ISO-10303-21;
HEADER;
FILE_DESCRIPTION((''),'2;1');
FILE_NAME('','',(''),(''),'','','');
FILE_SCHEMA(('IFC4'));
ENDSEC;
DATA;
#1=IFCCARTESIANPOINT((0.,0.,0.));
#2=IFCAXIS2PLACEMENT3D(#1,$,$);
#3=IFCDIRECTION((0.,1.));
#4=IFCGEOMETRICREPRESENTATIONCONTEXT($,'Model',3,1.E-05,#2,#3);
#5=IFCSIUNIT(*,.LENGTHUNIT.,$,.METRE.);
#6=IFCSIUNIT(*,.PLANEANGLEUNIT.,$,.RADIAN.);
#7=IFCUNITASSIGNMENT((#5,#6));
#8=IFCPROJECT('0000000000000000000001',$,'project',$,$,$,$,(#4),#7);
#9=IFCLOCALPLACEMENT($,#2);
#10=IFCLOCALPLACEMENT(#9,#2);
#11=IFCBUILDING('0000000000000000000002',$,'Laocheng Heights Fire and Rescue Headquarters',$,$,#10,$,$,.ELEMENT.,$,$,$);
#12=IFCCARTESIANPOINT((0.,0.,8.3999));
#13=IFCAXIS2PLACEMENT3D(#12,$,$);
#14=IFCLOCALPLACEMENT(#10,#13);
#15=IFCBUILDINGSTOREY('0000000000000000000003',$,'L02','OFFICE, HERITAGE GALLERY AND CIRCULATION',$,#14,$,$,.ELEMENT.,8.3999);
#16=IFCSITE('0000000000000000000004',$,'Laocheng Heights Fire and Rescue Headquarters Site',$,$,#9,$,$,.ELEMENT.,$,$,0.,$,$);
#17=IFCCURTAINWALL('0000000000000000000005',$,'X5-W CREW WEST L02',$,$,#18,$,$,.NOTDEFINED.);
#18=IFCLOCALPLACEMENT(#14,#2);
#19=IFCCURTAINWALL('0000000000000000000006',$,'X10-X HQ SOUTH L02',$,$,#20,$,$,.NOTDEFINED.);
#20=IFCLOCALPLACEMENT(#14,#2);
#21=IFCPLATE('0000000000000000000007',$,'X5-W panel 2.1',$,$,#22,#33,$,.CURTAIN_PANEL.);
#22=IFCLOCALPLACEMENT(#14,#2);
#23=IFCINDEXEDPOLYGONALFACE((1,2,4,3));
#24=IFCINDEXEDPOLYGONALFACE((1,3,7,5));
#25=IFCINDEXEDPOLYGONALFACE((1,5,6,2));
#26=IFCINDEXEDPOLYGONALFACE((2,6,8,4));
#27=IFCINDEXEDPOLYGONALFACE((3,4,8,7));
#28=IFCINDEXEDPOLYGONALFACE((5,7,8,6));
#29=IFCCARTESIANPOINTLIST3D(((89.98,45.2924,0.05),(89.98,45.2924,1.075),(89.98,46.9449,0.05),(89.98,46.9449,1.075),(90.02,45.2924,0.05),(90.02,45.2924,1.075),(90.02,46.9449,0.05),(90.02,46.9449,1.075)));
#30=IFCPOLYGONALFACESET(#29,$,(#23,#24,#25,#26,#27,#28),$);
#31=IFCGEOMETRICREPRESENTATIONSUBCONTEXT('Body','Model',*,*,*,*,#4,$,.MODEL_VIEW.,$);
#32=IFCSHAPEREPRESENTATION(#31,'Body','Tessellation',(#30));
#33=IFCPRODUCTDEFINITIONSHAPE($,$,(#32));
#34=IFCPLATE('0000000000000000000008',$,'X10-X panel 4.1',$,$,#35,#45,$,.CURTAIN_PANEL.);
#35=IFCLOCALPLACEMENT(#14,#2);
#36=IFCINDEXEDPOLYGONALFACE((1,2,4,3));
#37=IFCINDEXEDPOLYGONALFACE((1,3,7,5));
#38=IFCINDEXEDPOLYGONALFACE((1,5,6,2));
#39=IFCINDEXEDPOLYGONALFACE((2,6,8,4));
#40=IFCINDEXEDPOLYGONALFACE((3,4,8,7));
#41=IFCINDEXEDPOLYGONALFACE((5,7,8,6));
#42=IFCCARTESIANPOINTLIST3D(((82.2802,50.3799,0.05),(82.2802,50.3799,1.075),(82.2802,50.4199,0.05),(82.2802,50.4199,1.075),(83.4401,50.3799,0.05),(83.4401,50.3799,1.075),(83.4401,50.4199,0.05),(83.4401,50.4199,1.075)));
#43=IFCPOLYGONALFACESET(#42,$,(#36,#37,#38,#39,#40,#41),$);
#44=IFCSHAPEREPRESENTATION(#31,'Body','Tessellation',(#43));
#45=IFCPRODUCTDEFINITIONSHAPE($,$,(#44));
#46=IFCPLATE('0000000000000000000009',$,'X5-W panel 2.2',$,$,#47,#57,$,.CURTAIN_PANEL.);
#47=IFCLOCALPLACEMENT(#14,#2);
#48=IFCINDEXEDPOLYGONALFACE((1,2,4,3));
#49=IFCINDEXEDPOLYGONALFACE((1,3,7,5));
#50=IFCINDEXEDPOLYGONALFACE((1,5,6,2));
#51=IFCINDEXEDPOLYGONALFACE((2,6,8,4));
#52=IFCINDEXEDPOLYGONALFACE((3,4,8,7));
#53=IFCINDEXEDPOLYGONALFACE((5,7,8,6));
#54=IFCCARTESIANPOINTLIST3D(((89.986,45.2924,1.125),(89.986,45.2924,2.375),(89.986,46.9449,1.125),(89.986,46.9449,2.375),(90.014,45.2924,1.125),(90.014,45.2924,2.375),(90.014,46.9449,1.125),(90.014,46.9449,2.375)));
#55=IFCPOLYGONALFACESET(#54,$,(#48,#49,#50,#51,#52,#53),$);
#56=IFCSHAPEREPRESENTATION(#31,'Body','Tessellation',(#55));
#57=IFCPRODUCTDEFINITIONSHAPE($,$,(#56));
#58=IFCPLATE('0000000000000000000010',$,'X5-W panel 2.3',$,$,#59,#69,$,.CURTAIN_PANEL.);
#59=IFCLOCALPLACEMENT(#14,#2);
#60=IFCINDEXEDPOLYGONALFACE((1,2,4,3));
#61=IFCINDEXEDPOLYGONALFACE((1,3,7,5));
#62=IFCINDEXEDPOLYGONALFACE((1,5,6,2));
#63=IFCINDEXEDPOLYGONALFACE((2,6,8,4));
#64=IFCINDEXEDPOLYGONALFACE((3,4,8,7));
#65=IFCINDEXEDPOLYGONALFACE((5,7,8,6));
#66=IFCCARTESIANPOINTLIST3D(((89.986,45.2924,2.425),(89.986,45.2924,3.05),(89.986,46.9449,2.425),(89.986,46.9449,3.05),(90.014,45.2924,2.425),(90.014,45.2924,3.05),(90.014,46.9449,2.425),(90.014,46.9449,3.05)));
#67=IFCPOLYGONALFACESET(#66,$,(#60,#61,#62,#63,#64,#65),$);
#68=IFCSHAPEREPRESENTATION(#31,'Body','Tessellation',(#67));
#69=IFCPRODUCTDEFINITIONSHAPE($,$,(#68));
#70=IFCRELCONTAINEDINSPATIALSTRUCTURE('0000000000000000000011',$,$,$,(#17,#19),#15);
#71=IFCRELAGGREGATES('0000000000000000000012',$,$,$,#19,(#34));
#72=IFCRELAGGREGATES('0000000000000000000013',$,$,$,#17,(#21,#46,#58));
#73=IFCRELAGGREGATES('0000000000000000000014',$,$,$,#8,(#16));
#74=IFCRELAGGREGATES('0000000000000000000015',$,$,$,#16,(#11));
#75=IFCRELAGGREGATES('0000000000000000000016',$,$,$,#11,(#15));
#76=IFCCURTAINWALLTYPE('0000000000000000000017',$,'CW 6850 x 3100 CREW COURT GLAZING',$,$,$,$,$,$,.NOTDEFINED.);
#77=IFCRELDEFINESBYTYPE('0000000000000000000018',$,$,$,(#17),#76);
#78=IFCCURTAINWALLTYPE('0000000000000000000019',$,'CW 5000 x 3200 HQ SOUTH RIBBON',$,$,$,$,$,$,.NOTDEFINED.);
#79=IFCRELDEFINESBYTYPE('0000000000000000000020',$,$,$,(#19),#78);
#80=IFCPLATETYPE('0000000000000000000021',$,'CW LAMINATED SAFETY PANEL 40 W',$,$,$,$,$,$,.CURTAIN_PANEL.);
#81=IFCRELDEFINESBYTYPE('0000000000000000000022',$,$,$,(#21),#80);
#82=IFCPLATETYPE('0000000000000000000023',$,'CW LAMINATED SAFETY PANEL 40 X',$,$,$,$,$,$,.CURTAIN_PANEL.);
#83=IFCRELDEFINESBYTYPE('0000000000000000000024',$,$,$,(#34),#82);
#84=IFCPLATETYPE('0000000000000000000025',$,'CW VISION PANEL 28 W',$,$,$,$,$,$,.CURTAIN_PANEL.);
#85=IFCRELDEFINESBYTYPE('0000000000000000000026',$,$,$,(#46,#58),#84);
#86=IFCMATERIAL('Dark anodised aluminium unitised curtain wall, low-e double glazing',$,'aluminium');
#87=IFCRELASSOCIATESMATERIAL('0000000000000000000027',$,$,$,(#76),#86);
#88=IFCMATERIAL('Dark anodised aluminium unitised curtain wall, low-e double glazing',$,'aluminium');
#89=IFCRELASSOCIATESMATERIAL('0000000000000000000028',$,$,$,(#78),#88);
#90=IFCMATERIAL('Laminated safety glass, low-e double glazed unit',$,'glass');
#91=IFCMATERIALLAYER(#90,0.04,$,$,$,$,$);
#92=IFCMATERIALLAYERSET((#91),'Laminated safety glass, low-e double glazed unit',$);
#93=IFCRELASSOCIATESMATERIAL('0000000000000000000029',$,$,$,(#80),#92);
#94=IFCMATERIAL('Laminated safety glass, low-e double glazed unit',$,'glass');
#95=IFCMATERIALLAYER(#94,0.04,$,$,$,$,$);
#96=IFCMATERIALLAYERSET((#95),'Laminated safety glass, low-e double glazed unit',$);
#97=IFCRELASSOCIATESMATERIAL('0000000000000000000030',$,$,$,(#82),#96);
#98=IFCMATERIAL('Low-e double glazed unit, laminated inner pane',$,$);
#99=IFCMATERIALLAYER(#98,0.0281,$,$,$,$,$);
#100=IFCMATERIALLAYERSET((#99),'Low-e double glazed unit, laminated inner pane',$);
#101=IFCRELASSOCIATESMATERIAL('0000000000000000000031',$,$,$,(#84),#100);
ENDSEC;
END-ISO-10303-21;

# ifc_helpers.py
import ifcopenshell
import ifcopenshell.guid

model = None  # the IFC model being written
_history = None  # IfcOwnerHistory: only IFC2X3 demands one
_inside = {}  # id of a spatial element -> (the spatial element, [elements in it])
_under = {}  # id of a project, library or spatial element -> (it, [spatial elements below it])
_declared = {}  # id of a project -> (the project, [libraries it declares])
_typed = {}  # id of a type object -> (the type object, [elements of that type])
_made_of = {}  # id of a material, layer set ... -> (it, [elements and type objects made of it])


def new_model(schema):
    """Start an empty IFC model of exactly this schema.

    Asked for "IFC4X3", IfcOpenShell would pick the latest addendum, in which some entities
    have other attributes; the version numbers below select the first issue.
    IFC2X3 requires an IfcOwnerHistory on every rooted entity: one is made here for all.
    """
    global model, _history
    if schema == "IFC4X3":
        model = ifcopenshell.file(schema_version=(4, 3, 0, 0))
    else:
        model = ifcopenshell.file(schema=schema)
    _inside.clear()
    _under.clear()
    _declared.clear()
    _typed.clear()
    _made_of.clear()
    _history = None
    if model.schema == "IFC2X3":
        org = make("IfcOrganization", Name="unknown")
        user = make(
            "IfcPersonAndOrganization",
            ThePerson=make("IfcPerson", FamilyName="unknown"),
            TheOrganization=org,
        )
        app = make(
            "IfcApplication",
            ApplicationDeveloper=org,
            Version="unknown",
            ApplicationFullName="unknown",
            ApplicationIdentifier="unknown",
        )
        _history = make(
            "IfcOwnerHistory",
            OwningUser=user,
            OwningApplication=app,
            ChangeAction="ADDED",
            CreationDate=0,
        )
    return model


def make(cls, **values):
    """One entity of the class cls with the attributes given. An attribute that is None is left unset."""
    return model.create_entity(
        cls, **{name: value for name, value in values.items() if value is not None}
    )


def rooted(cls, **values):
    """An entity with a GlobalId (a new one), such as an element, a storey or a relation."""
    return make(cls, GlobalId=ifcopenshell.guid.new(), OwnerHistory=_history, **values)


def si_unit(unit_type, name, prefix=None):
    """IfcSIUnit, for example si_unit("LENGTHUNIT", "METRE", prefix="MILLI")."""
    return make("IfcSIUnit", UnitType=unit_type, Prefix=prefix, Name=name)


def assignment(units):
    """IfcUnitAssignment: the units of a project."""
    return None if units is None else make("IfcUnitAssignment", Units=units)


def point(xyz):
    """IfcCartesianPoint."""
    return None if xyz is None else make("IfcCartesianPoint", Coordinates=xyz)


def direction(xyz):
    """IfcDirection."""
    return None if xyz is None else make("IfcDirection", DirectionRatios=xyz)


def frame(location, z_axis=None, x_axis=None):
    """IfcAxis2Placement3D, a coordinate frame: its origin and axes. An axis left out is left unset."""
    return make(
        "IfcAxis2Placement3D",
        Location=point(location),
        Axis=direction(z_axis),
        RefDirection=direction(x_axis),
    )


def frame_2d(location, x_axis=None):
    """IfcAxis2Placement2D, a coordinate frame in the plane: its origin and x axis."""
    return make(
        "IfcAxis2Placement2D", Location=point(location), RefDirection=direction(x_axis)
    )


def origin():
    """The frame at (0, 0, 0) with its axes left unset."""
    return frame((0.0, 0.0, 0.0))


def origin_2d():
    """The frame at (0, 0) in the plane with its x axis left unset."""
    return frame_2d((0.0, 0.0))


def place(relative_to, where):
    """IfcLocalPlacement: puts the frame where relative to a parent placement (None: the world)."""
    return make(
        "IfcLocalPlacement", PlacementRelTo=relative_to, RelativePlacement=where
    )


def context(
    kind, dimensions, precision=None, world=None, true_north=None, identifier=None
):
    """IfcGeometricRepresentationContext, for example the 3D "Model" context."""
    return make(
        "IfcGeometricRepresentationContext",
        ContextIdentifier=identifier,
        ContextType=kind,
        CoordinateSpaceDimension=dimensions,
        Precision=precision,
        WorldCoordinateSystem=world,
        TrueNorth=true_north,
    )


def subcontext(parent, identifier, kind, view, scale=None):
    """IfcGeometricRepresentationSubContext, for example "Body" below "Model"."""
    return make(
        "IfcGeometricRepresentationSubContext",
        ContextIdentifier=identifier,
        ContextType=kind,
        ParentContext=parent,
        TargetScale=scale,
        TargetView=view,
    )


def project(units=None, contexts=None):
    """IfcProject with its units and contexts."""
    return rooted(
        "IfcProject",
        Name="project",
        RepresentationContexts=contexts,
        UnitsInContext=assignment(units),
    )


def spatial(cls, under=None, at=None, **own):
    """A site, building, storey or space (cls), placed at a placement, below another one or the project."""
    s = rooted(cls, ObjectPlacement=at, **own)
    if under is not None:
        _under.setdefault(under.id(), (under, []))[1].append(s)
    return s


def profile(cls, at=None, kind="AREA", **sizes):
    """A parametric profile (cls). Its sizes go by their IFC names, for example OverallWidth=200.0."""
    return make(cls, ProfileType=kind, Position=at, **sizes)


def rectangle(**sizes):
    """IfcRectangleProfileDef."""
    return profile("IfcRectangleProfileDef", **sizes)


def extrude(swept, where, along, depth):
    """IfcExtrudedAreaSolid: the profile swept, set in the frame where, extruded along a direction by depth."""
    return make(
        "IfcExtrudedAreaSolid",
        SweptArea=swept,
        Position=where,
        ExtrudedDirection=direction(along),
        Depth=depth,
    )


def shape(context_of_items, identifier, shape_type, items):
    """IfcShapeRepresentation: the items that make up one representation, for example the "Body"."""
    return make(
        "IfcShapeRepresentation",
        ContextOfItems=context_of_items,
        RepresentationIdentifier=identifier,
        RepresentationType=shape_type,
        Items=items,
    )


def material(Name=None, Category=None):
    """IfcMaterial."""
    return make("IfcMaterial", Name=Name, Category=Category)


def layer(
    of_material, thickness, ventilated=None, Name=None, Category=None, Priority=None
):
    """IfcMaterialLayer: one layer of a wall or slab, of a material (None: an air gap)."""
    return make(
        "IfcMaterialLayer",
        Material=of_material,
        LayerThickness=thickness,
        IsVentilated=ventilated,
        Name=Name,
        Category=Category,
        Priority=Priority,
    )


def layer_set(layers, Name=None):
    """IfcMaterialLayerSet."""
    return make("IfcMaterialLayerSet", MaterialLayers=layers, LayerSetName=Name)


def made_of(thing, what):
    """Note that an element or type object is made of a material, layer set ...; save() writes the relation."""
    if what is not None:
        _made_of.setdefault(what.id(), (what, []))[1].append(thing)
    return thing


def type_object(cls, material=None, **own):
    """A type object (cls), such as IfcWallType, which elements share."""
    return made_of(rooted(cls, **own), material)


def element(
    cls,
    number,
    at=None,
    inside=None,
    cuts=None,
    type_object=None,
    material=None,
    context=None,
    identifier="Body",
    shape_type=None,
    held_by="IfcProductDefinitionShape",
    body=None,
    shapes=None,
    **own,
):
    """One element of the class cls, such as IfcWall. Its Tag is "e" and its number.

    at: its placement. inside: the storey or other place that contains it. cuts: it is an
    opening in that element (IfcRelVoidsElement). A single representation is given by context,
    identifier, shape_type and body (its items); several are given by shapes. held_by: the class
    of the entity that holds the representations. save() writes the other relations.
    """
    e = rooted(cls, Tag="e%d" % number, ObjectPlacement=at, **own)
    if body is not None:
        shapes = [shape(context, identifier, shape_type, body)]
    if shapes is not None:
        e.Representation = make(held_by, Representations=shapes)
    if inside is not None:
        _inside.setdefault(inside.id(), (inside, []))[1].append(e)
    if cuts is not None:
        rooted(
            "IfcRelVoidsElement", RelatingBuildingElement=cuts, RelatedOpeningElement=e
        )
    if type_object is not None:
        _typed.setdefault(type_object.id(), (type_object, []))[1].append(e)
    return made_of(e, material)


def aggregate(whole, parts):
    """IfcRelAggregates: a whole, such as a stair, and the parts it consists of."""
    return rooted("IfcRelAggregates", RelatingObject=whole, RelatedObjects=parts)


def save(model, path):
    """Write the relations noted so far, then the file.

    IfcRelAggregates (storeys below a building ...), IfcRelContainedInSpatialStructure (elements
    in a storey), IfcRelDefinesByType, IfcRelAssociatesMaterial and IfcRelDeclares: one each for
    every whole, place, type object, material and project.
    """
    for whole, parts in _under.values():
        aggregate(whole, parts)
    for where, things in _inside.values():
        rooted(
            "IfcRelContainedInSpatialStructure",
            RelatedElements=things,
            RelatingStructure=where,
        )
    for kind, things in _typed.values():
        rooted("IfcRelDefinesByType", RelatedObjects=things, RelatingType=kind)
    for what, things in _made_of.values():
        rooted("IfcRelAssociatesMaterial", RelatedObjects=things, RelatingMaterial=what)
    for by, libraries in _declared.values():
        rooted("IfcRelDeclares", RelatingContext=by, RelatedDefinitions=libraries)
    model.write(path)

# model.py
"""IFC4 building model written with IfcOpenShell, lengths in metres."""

from ifc_helpers import new_model, si_unit, direction, frame, origin, origin_2d, place, context, subcontext, project, spatial, rectangle, extrude, material, layer, layer_set, type_object, element, aggregate, save


model = new_model("IFC4")

# Units and contexts
model_context = context("Model", 3, precision=1e-05, world=origin(), true_north=direction((0.0, 1.0)))
body_context = subcontext(model_context, "Body", "Model", "MODEL_VIEW")
ifc_project = project(units=[si_unit("LENGTHUNIT", "METRE"), si_unit("PLANEANGLEUNIT", "RADIAN")], contexts=[model_context])

# Site, building, storey
site_placement = place(None, origin())
site = spatial("IfcSite", under=ifc_project, at=site_placement, Name="Laocheng Heights Fire and Rescue Headquarters Site", CompositionType="ELEMENT", RefElevation=0.0)
building_placement = place(site_placement, origin())
building = spatial("IfcBuilding", under=site, at=building_placement, Name="Laocheng Heights Fire and Rescue Headquarters", CompositionType="ELEMENT")
storey_placement = place(building_placement, frame((0.0, 0.0, 8.3999)))
storey = spatial("IfcBuildingStorey", under=building, at=storey_placement, Name="L02", Description="OFFICE, HERITAGE GALLERY AND CIRCULATION", CompositionType="ELEMENT", Elevation=8.3999)

# Curtain walls
ifc_material_1 = material(Name="Dark anodised aluminium unitised curtain wall, low-e double glazing", Category="aluminium")
curtain_wall_type_1 = type_object("IfcCurtainWallType", Name="CW 6850 x 3100 CREW COURT GLAZING", PredefinedType="NOTDEFINED", material=ifc_material_1)
curtain_wall_1_placement = place(storey_placement, origin())
curtain_wall_1 = element("IfcCurtainWall", 1, at=curtain_wall_1_placement, inside=storey, type_object=curtain_wall_type_1, Name="X5-W CREW WEST L02", PredefinedType="NOTDEFINED")
ifc_material_2 = material(Name="Dark anodised aluminium unitised curtain wall, low-e double glazing", Category="aluminium")
curtain_wall_type_2 = type_object("IfcCurtainWallType", Name="CW 5000 x 3200 HQ SOUTH RIBBON", PredefinedType="NOTDEFINED", material=ifc_material_2)
curtain_wall_2_placement = place(storey_placement, origin())
curtain_wall_2 = element("IfcCurtainWall", 2, at=curtain_wall_2_placement, inside=storey, type_object=curtain_wall_type_2, Name="X10-X HQ SOUTH L02", PredefinedType="NOTDEFINED")

# Plates
ifc_material_3 = material(Name="Laminated safety glass, low-e double glazed unit", Category="glass")
ifc_layer_1 = layer(ifc_material_3, 0.04)
ifc_layer_set_1 = layer_set([ifc_layer_1], Name="Laminated safety glass, low-e double glazed unit")
plate_type_1 = type_object("IfcPlateType", Name="CW LAMINATED SAFETY PANEL 40 W", PredefinedType="CURTAIN_PANEL", material=ifc_layer_set_1)
plate_1_placement = place(storey_placement, frame((90.0, 46.1187, 0.05), z_axis=(0.0, 0.0, 1.0), x_axis=(0.0, 1.0, 0.0)))
plate_1 = element("IfcPlate", 3, at=plate_1_placement, type_object=plate_type_1, Name="X5-W panel 2.1", PredefinedType="CURTAIN_PANEL", context=body_context, shape_type="SweptSolid", body=[
    extrude(rectangle(XDim=1.6526, YDim=0.04, at=origin_2d()), origin(), (0.0, 0.0, 1.0), 1.0249),
])
ifc_material_4 = material(Name="Laminated safety glass, low-e double glazed unit", Category="glass")
ifc_layer_2 = layer(ifc_material_4, 0.04)
ifc_layer_set_2 = layer_set([ifc_layer_2], Name="Laminated safety glass, low-e double glazed unit")
plate_type_2 = type_object("IfcPlateType", Name="CW LAMINATED SAFETY PANEL 40 X", PredefinedType="CURTAIN_PANEL", material=ifc_layer_set_2)
plate_2_placement = place(storey_placement, frame((82.8601, 50.3999, 0.05), z_axis=(0.0, 0.0, 1.0), x_axis=(1.0, 0.0, 0.0)))
plate_2 = element("IfcPlate", 4, at=plate_2_placement, type_object=plate_type_2, Name="X10-X panel 4.1", PredefinedType="CURTAIN_PANEL", context=body_context, shape_type="SweptSolid", body=[
    extrude(rectangle(XDim=1.1599, YDim=0.04, at=origin_2d()), origin(), (0.0, 0.0, 1.0), 1.0249),
])
aggregate(curtain_wall_2, [plate_2])
ifc_material_5 = material(Name="Low-e double glazed unit, laminated inner pane")
ifc_layer_3 = layer(ifc_material_5, 0.0281)
ifc_layer_set_3 = layer_set([ifc_layer_3], Name="Low-e double glazed unit, laminated inner pane")
plate_type_3 = type_object("IfcPlateType", Name="CW VISION PANEL 28 W", PredefinedType="CURTAIN_PANEL", material=ifc_layer_set_3)
plate_3_placement = place(storey_placement, frame((90.0, 46.1187, 1.125), z_axis=(0.0, 0.0, 1.0), x_axis=(0.0, 1.0, 0.0)))
plate_3 = element("IfcPlate", 5, at=plate_3_placement, type_object=plate_type_3, Name="X5-W panel 2.2", PredefinedType="CURTAIN_PANEL", context=body_context, shape_type="SweptSolid", body=[
    extrude(rectangle(XDim=1.6526, YDim=0.0281, at=origin_2d()), origin(), (0.0, 0.0, 1.0), 1.25),
])
plate_4_placement = place(storey_placement, frame((90.0, 46.1187, 2.425), z_axis=(0.0, 0.0, 1.0), x_axis=(0.0, 1.0, 0.0)))
plate_4 = element("IfcPlate", 6, at=plate_4_placement, type_object=plate_type_3, Name="X5-W panel 2.3", PredefinedType="CURTAIN_PANEL", context=body_context, shape_type="SweptSolid", body=[
    extrude(rectangle(XDim=1.6526, YDim=0.0281, at=origin_2d()), origin(), (0.0, 0.0, 1.0), 0.625),
])
aggregate(curtain_wall_1, [plate_1, plate_3, plate_4])

save(model, "model.ifc")
